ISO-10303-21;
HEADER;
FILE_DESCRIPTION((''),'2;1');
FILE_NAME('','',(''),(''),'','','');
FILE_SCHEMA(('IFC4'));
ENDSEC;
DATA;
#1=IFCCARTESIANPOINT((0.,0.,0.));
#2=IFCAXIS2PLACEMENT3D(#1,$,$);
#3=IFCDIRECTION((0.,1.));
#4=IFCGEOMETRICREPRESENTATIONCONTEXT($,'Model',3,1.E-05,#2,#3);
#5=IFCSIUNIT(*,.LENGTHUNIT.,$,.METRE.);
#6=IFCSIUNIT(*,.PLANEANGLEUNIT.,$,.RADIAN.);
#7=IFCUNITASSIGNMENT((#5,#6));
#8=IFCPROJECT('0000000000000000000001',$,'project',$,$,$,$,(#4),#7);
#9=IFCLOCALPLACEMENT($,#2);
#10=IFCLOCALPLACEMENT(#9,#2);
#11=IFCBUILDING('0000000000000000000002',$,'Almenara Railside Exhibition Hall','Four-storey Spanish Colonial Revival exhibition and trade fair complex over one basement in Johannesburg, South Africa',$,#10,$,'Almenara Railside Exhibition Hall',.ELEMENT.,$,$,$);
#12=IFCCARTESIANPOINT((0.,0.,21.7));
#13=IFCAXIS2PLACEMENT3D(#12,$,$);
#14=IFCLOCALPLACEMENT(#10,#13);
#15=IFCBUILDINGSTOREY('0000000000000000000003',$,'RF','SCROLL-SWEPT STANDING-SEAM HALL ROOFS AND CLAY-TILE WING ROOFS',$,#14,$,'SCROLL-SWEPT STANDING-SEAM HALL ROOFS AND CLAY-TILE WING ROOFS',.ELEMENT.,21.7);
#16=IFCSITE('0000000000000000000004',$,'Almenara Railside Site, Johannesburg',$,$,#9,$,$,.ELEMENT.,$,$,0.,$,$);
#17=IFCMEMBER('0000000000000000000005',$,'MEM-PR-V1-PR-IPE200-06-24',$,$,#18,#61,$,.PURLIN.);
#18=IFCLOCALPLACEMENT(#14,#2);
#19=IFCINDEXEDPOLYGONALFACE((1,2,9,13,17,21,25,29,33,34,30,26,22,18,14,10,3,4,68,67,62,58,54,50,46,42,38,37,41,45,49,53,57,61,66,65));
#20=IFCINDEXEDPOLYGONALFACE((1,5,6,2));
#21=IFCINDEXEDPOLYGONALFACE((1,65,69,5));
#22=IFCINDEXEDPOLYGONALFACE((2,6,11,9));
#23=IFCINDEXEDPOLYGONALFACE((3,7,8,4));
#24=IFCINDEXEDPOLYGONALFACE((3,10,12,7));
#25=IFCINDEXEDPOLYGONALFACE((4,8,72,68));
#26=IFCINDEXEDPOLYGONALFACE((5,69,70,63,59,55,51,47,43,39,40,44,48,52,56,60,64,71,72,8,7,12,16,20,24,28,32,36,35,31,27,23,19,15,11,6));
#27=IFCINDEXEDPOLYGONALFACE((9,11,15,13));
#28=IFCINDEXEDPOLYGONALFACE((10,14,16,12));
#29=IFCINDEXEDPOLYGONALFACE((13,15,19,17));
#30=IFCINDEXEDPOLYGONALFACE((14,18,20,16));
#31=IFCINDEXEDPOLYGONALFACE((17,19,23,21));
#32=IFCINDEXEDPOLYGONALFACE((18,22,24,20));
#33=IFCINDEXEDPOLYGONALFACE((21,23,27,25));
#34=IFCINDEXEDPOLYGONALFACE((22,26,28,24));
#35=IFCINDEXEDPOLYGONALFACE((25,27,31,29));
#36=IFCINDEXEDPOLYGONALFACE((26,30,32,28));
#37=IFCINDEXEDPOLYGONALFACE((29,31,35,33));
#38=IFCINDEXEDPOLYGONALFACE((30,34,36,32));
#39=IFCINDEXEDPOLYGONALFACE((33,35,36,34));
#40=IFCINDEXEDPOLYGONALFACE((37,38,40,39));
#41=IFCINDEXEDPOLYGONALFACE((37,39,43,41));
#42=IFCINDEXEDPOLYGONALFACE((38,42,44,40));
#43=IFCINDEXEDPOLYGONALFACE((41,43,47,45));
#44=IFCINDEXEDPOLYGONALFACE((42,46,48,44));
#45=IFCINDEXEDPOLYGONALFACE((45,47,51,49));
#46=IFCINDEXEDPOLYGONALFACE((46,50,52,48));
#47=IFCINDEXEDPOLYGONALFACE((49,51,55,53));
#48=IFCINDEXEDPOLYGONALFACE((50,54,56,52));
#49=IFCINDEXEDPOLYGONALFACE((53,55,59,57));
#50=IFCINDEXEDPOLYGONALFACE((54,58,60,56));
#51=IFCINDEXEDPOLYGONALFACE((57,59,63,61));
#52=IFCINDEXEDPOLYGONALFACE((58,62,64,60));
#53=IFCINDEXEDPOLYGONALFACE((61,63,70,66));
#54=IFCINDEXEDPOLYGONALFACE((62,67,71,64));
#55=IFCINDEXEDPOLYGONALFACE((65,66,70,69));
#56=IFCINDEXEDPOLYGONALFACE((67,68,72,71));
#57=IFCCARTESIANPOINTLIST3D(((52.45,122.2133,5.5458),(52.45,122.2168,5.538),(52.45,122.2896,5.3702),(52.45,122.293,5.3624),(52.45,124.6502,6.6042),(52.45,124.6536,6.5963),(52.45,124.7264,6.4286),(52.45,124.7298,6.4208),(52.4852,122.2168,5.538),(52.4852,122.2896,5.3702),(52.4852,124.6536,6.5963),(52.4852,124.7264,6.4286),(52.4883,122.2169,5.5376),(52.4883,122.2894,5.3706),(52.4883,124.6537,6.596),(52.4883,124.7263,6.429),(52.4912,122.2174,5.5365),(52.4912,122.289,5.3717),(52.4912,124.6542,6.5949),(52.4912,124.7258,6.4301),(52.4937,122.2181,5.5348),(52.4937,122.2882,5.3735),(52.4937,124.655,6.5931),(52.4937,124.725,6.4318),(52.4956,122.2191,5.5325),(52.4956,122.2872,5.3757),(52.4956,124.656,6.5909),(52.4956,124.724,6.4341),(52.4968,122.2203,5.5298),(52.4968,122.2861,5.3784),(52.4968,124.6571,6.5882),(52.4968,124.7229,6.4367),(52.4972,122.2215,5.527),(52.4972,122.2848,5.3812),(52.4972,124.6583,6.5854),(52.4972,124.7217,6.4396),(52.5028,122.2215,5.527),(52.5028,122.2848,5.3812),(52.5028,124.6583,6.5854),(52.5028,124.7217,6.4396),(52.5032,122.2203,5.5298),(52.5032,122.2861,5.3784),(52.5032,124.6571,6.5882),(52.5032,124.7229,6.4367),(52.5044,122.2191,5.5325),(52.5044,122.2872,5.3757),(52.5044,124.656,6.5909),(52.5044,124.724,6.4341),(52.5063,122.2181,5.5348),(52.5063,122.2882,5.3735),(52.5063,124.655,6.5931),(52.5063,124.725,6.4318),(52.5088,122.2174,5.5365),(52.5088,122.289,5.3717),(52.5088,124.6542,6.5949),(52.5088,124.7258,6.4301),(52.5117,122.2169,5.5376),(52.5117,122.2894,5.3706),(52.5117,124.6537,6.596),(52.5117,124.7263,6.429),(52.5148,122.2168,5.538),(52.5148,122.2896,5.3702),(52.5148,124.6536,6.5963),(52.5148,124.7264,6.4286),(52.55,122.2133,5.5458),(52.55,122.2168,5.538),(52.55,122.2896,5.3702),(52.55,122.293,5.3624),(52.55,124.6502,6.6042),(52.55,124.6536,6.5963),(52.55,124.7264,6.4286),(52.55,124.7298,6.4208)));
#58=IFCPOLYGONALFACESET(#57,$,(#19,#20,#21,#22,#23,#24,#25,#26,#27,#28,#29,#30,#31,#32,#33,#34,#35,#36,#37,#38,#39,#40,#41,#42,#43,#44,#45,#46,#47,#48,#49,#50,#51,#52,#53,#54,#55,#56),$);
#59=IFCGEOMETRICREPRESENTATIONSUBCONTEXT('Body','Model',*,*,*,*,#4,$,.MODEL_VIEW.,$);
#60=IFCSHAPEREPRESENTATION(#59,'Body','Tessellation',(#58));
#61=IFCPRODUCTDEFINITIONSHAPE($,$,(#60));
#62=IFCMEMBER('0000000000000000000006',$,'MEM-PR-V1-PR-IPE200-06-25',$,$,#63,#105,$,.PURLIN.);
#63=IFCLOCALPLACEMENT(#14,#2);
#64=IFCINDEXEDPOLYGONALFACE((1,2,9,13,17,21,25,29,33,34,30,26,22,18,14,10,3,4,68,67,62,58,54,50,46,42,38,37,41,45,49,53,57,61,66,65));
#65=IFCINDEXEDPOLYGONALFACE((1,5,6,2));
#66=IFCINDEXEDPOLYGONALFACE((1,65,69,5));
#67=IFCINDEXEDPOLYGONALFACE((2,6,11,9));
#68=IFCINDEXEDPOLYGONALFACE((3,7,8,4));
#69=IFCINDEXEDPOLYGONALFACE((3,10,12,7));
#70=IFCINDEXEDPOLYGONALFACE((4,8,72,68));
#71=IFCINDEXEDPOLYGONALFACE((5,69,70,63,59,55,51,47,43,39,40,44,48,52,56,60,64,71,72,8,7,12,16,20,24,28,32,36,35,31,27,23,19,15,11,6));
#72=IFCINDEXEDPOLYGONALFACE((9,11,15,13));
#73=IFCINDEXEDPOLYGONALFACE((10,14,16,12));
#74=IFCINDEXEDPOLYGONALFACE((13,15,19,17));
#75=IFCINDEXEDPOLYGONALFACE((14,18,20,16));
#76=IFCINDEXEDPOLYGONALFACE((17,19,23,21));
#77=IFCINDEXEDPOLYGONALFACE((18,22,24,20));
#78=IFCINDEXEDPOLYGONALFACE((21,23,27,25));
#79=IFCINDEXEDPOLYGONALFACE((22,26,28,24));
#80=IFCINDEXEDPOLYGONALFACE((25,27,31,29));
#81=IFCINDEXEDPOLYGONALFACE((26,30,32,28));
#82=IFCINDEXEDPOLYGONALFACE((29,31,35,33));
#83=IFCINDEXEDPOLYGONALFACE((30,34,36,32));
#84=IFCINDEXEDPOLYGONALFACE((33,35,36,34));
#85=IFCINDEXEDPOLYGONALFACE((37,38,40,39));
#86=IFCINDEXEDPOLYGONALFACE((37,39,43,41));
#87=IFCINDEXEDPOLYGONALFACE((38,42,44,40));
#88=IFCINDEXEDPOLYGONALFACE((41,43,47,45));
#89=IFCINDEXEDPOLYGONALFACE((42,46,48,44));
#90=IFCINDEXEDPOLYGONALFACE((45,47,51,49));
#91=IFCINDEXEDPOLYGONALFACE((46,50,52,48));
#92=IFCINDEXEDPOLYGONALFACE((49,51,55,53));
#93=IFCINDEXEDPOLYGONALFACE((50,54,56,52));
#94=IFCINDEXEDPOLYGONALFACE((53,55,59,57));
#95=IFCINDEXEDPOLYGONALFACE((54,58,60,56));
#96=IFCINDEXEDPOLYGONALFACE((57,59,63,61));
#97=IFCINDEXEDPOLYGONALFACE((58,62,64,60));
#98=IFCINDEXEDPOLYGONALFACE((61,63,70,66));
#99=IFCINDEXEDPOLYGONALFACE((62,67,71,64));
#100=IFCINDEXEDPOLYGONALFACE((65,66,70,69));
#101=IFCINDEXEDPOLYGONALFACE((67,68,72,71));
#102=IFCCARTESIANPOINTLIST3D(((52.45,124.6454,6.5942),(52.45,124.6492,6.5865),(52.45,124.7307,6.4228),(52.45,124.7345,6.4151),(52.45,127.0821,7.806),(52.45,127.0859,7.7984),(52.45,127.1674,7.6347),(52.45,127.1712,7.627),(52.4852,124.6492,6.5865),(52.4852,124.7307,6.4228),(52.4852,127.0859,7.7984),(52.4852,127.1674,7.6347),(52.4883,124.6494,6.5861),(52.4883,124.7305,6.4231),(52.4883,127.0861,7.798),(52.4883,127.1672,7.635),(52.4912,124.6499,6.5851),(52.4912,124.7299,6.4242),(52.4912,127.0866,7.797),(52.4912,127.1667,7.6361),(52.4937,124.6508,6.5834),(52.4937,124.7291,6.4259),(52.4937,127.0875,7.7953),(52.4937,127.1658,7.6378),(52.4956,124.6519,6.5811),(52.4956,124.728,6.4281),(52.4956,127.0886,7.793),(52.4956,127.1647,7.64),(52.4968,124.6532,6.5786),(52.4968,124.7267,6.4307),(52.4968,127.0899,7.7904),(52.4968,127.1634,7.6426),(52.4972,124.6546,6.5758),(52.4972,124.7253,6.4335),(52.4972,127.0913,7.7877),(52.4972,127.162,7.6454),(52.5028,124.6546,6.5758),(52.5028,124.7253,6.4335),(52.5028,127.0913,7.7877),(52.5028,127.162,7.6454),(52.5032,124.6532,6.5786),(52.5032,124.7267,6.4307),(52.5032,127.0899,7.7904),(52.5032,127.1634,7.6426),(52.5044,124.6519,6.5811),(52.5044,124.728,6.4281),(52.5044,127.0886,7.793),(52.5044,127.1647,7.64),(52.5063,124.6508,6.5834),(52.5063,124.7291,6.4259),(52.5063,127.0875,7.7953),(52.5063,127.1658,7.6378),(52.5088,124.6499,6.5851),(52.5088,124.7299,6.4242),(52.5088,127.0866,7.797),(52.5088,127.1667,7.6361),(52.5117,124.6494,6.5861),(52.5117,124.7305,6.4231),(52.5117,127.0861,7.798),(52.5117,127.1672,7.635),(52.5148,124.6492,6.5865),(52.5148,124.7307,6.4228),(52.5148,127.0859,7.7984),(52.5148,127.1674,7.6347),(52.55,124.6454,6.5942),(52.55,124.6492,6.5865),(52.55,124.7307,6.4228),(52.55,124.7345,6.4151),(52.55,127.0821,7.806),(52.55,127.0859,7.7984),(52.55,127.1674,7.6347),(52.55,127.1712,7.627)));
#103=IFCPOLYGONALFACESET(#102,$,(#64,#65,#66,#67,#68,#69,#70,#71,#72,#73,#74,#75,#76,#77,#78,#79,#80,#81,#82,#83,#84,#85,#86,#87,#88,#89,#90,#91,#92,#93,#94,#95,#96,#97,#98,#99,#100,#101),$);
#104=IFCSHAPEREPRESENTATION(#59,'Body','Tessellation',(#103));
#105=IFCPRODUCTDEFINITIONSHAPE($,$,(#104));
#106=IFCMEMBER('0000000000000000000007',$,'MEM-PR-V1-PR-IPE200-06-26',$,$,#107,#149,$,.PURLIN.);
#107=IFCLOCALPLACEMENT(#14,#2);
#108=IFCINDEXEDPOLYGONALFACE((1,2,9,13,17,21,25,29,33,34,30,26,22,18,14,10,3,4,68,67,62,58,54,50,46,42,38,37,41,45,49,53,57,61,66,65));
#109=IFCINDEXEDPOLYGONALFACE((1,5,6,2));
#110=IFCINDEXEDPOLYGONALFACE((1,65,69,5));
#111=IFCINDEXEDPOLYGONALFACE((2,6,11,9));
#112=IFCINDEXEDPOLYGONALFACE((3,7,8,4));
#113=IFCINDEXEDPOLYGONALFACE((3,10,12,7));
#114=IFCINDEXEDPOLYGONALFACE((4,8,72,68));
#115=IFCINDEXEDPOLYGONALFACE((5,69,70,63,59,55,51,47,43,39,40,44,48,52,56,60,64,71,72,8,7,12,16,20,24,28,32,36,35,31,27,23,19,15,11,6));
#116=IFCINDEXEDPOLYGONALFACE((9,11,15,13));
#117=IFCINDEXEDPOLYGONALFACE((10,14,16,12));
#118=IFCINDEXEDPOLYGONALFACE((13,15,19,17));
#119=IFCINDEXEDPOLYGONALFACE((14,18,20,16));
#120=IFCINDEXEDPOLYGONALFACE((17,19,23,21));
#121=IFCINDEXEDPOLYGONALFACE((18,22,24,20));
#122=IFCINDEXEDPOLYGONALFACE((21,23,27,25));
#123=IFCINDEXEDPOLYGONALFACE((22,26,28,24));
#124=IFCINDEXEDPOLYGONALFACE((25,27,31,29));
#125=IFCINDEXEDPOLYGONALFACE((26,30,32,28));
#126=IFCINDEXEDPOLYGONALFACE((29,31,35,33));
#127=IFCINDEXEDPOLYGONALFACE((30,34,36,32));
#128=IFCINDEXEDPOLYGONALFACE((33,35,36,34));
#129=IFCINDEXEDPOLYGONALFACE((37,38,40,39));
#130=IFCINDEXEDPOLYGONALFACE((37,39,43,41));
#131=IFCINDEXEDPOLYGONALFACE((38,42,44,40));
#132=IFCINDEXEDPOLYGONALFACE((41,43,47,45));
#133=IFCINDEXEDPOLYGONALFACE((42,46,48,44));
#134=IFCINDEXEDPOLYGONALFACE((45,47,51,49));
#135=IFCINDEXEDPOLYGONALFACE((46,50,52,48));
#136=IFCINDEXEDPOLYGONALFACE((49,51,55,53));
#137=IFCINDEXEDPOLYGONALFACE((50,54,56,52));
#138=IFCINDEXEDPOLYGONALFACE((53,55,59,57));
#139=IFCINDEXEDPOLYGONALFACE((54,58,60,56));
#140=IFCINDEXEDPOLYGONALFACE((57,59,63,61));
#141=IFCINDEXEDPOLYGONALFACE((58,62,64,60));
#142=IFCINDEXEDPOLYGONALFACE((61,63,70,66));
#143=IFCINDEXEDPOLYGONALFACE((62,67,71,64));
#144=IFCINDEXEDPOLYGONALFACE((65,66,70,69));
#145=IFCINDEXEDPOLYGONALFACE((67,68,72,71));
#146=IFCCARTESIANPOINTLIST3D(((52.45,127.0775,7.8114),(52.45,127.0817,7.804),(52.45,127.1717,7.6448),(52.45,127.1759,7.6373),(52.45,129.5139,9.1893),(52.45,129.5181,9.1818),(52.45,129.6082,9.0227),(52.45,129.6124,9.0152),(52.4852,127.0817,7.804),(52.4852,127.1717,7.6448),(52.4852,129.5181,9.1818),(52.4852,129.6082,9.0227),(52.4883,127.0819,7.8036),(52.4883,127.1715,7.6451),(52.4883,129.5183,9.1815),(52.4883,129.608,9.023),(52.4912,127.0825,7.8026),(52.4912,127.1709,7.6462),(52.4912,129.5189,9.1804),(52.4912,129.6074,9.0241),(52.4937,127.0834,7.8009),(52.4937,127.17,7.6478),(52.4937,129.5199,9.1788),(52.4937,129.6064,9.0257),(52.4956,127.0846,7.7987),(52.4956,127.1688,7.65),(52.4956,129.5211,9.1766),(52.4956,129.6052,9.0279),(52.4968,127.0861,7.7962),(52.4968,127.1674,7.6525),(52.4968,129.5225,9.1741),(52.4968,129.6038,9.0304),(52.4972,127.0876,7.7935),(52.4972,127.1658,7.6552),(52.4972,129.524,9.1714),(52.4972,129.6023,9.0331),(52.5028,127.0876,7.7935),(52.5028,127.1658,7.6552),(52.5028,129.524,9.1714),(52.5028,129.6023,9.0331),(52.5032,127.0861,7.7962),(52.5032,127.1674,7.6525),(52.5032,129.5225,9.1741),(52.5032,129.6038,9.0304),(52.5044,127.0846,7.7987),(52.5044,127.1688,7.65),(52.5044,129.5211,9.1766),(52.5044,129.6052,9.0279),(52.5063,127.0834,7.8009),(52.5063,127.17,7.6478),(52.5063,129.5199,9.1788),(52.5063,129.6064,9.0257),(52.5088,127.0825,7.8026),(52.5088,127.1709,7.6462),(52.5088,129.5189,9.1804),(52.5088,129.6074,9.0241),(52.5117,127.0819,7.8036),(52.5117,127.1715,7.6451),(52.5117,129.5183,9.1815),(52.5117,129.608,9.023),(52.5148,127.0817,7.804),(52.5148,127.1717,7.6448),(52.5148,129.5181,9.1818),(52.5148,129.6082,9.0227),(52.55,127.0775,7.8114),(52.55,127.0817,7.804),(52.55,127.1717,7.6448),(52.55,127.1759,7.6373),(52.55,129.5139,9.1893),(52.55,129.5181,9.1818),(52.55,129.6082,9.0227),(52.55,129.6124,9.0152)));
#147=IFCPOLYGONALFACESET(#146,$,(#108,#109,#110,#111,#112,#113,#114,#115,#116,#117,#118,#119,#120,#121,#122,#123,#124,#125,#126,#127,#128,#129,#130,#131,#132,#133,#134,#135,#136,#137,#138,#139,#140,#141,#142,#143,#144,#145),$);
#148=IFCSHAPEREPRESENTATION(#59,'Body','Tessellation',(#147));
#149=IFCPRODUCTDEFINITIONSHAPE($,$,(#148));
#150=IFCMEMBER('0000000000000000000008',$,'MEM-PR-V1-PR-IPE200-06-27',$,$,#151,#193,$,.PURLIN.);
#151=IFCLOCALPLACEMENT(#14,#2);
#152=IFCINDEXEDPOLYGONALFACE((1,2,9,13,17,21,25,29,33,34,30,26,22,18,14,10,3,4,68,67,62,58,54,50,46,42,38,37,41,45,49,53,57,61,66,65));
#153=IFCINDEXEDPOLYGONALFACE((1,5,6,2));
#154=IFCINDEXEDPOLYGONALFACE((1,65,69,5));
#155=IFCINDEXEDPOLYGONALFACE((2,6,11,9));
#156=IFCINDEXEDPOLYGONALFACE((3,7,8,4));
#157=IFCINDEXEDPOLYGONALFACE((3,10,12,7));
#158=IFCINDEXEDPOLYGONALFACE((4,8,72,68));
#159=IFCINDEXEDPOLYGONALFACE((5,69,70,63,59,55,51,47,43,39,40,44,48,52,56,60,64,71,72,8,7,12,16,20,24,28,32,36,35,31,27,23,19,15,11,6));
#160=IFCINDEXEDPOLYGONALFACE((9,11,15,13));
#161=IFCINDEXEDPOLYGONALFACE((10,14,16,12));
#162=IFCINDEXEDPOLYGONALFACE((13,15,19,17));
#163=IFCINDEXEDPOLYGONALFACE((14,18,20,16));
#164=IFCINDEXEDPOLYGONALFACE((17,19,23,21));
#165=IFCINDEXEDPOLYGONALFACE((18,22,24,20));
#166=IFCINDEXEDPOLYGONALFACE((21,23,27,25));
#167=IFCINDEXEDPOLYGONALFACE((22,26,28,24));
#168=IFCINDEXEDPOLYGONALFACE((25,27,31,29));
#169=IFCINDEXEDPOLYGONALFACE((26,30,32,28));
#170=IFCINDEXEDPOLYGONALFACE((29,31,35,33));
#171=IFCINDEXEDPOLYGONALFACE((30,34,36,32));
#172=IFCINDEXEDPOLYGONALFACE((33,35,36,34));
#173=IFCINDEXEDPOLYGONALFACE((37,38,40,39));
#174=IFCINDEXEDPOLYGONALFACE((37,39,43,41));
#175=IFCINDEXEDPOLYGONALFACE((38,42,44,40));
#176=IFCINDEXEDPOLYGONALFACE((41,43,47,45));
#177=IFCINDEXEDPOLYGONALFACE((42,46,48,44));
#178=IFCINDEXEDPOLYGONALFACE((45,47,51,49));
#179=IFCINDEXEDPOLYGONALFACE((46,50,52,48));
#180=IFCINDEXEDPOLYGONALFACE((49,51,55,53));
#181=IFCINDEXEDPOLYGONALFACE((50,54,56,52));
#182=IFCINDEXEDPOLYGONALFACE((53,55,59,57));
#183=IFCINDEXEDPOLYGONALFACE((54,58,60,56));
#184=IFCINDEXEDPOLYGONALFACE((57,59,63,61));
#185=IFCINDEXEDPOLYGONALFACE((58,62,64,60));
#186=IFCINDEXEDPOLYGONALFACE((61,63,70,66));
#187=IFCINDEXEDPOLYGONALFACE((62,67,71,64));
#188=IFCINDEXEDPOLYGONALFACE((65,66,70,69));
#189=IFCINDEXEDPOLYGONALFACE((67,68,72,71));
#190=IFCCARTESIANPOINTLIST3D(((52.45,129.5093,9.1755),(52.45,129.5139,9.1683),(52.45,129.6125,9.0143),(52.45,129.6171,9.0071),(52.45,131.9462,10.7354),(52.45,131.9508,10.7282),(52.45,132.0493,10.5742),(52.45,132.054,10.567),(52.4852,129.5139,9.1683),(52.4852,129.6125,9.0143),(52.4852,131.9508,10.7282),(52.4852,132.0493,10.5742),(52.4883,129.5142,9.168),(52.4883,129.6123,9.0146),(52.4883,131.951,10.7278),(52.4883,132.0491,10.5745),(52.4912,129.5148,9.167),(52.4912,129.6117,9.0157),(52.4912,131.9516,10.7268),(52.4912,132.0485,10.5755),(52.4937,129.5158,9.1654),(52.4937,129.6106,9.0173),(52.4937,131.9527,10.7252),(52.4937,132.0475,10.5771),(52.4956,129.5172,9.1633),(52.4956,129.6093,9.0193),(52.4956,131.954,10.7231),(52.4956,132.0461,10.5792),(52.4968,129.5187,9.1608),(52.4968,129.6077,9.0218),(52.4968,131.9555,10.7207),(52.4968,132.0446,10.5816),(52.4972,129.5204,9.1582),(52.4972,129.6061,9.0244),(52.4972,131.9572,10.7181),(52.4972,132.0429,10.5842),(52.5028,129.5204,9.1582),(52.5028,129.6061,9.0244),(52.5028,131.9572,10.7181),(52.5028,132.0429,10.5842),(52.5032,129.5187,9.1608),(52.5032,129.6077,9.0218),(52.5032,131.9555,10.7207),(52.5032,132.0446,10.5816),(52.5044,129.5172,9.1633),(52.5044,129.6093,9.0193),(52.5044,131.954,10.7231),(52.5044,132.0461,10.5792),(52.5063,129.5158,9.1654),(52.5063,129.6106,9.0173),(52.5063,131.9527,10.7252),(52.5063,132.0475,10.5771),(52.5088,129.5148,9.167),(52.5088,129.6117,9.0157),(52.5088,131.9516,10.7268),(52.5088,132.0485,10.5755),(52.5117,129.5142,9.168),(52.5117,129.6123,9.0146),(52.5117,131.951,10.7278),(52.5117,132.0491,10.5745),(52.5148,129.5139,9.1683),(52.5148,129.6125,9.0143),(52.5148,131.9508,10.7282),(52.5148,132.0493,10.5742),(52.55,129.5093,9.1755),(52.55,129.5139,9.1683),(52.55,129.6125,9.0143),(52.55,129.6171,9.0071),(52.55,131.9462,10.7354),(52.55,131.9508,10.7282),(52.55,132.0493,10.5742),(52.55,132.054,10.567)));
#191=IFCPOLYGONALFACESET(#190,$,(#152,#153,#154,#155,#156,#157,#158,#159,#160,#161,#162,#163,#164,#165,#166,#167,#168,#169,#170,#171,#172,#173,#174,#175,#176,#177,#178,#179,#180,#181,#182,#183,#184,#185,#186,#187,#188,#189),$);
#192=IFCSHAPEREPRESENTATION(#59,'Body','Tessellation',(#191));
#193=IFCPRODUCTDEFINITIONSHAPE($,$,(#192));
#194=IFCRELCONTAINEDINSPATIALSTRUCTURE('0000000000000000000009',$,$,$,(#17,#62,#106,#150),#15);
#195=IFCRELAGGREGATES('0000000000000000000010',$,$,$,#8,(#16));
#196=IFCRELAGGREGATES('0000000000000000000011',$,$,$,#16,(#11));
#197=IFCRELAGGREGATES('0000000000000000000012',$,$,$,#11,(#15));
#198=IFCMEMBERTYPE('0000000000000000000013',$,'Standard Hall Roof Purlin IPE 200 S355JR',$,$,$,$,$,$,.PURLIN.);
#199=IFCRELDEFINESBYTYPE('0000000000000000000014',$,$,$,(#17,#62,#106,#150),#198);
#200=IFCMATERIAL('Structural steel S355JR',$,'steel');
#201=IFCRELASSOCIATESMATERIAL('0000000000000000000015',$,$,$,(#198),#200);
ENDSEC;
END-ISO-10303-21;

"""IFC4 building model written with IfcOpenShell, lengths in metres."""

from ifc_helpers import new_model, si_unit, direction, frame, origin, origin_2d, place, context, subcontext, project, spatial, i_section, extrude, material, material_profile, profile_set, type_object, element, save


model = new_model("IFC4")

# Units and contexts
model_context = context("Model", 3, precision=1e-05, world=origin(), true_north=direction((0.0, 1.0)))
body_context = subcontext(model_context, "Body", "Model", "MODEL_VIEW")
ifc_project = project(units=[si_unit("LENGTHUNIT", "METRE"), si_unit("PLANEANGLEUNIT", "RADIAN")], contexts=[model_context])

# Site, building, storey
site_placement = place(None, origin())
site = spatial("IfcSite", under=ifc_project, at=site_placement, Name="Almenara Railside Site, Johannesburg", CompositionType="ELEMENT", RefElevation=0.0)
building_placement = place(site_placement, origin())
building = spatial("IfcBuilding", under=site, at=building_placement, Name="Almenara Railside Exhibition Hall", Description="Four-storey Spanish Colonial Revival exhibition and trade fair complex over one basement in Johannesburg, South Africa", LongName="Almenara Railside Exhibition Hall", CompositionType="ELEMENT")
storey_placement = place(building_placement, frame((0.0, 0.0, 21.7)))
storey = spatial("IfcBuildingStorey", under=building, at=storey_placement, Name="RF", Description="SCROLL-SWEPT STANDING-SEAM HALL ROOFS AND CLAY-TILE WING ROOFS", LongName="SCROLL-SWEPT STANDING-SEAM HALL ROOFS AND CLAY-TILE WING ROOFS", CompositionType="ELEMENT", Elevation=21.7)

# Shared definitions
ifc_material_1 = material(Name="Structural steel S355JR", Category="steel")

# Members
ifc_material_profile_1 = material_profile(ifc_material_1, i_section(OverallWidth=0.1001, OverallDepth=0.2, WebThickness=0.0056, FlangeThickness=0.0085, FilletRadius=0.012, at=origin_2d()), Name="IPE 200")
ifc_profile_set_1 = profile_set([ifc_material_profile_1], Name="Structural steel S355JR")
member_type_1 = type_object("IfcMemberType", Name="Standard Hall Roof Purlin IPE 200 S355JR", PredefinedType="PURLIN", material=ifc_profile_set_1)
member_1_placement = place(storey_placement, frame((52.5, 122.2532, 5.4541), z_axis=(0.0, 0.917223, 0.398373), x_axis=(-1.0, 0.0, 0.0)))
element("IfcMember", 1, at=member_1_placement, inside=storey, type_object=member_type_1, Name="MEM-PR-V1-PR-IPE200-06-24", PredefinedType="PURLIN", context=body_context, shape_type="SweptSolid", body=[
    extrude(i_section(OverallWidth=0.1001, OverallDepth=0.2, WebThickness=0.0056, FlangeThickness=0.0085, FilletRadius=0.012, at=origin_2d()), origin(), (0.0, 0.0, 1.0), 2.6567),
])
member_2_placement = place(storey_placement, frame((52.5, 124.6899, 6.5046), z_axis=(0.0, 0.895376, 0.445311), x_axis=(-1.0, 0.0, 0.0)))
element("IfcMember", 2, at=member_2_placement, inside=storey, type_object=member_type_1, Name="MEM-PR-V1-PR-IPE200-06-25", PredefinedType="PURLIN", context=body_context, shape_type="SweptSolid", body=[
    extrude(i_section(OverallWidth=0.1001, OverallDepth=0.2, WebThickness=0.0056, FlangeThickness=0.0085, FilletRadius=0.012, at=origin_2d()), origin(), (0.0, 0.0, 1.0), 2.7214),
])
member_3_placement = place(storey_placement, frame((52.5, 127.1267, 7.7244), z_axis=(0.0, 0.870446, 0.492264), x_axis=(-1.0, 0.0, 0.0)))
element("IfcMember", 3, at=member_3_placement, inside=storey, type_object=member_type_1, Name="MEM-PR-V1-PR-IPE200-06-26", PredefinedType="PURLIN", context=body_context, shape_type="SweptSolid", body=[
    extrude(i_section(OverallWidth=0.1001, OverallDepth=0.2, WebThickness=0.0056, FlangeThickness=0.0085, FilletRadius=0.012, at=origin_2d()), origin(), (0.0, 0.0, 1.0), 2.7991),
])
member_4_placement = place(storey_placement, frame((52.5, 129.5632, 9.0913), z_axis=(0.0, 0.842227, 0.539123), x_axis=(-1.0, 0.0, 0.0)))
element("IfcMember", 4, at=member_4_placement, inside=storey, type_object=member_type_1, Name="MEM-PR-V1-PR-IPE200-06-27", PredefinedType="PURLIN", context=body_context, shape_type="SweptSolid", body=[
    extrude(i_section(OverallWidth=0.1001, OverallDepth=0.2, WebThickness=0.0056, FlangeThickness=0.0085, FilletRadius=0.012, at=origin_2d()), origin(), (0.0, 0.0, 1.0), 2.8933),
])

save(model, "model.ifc")
